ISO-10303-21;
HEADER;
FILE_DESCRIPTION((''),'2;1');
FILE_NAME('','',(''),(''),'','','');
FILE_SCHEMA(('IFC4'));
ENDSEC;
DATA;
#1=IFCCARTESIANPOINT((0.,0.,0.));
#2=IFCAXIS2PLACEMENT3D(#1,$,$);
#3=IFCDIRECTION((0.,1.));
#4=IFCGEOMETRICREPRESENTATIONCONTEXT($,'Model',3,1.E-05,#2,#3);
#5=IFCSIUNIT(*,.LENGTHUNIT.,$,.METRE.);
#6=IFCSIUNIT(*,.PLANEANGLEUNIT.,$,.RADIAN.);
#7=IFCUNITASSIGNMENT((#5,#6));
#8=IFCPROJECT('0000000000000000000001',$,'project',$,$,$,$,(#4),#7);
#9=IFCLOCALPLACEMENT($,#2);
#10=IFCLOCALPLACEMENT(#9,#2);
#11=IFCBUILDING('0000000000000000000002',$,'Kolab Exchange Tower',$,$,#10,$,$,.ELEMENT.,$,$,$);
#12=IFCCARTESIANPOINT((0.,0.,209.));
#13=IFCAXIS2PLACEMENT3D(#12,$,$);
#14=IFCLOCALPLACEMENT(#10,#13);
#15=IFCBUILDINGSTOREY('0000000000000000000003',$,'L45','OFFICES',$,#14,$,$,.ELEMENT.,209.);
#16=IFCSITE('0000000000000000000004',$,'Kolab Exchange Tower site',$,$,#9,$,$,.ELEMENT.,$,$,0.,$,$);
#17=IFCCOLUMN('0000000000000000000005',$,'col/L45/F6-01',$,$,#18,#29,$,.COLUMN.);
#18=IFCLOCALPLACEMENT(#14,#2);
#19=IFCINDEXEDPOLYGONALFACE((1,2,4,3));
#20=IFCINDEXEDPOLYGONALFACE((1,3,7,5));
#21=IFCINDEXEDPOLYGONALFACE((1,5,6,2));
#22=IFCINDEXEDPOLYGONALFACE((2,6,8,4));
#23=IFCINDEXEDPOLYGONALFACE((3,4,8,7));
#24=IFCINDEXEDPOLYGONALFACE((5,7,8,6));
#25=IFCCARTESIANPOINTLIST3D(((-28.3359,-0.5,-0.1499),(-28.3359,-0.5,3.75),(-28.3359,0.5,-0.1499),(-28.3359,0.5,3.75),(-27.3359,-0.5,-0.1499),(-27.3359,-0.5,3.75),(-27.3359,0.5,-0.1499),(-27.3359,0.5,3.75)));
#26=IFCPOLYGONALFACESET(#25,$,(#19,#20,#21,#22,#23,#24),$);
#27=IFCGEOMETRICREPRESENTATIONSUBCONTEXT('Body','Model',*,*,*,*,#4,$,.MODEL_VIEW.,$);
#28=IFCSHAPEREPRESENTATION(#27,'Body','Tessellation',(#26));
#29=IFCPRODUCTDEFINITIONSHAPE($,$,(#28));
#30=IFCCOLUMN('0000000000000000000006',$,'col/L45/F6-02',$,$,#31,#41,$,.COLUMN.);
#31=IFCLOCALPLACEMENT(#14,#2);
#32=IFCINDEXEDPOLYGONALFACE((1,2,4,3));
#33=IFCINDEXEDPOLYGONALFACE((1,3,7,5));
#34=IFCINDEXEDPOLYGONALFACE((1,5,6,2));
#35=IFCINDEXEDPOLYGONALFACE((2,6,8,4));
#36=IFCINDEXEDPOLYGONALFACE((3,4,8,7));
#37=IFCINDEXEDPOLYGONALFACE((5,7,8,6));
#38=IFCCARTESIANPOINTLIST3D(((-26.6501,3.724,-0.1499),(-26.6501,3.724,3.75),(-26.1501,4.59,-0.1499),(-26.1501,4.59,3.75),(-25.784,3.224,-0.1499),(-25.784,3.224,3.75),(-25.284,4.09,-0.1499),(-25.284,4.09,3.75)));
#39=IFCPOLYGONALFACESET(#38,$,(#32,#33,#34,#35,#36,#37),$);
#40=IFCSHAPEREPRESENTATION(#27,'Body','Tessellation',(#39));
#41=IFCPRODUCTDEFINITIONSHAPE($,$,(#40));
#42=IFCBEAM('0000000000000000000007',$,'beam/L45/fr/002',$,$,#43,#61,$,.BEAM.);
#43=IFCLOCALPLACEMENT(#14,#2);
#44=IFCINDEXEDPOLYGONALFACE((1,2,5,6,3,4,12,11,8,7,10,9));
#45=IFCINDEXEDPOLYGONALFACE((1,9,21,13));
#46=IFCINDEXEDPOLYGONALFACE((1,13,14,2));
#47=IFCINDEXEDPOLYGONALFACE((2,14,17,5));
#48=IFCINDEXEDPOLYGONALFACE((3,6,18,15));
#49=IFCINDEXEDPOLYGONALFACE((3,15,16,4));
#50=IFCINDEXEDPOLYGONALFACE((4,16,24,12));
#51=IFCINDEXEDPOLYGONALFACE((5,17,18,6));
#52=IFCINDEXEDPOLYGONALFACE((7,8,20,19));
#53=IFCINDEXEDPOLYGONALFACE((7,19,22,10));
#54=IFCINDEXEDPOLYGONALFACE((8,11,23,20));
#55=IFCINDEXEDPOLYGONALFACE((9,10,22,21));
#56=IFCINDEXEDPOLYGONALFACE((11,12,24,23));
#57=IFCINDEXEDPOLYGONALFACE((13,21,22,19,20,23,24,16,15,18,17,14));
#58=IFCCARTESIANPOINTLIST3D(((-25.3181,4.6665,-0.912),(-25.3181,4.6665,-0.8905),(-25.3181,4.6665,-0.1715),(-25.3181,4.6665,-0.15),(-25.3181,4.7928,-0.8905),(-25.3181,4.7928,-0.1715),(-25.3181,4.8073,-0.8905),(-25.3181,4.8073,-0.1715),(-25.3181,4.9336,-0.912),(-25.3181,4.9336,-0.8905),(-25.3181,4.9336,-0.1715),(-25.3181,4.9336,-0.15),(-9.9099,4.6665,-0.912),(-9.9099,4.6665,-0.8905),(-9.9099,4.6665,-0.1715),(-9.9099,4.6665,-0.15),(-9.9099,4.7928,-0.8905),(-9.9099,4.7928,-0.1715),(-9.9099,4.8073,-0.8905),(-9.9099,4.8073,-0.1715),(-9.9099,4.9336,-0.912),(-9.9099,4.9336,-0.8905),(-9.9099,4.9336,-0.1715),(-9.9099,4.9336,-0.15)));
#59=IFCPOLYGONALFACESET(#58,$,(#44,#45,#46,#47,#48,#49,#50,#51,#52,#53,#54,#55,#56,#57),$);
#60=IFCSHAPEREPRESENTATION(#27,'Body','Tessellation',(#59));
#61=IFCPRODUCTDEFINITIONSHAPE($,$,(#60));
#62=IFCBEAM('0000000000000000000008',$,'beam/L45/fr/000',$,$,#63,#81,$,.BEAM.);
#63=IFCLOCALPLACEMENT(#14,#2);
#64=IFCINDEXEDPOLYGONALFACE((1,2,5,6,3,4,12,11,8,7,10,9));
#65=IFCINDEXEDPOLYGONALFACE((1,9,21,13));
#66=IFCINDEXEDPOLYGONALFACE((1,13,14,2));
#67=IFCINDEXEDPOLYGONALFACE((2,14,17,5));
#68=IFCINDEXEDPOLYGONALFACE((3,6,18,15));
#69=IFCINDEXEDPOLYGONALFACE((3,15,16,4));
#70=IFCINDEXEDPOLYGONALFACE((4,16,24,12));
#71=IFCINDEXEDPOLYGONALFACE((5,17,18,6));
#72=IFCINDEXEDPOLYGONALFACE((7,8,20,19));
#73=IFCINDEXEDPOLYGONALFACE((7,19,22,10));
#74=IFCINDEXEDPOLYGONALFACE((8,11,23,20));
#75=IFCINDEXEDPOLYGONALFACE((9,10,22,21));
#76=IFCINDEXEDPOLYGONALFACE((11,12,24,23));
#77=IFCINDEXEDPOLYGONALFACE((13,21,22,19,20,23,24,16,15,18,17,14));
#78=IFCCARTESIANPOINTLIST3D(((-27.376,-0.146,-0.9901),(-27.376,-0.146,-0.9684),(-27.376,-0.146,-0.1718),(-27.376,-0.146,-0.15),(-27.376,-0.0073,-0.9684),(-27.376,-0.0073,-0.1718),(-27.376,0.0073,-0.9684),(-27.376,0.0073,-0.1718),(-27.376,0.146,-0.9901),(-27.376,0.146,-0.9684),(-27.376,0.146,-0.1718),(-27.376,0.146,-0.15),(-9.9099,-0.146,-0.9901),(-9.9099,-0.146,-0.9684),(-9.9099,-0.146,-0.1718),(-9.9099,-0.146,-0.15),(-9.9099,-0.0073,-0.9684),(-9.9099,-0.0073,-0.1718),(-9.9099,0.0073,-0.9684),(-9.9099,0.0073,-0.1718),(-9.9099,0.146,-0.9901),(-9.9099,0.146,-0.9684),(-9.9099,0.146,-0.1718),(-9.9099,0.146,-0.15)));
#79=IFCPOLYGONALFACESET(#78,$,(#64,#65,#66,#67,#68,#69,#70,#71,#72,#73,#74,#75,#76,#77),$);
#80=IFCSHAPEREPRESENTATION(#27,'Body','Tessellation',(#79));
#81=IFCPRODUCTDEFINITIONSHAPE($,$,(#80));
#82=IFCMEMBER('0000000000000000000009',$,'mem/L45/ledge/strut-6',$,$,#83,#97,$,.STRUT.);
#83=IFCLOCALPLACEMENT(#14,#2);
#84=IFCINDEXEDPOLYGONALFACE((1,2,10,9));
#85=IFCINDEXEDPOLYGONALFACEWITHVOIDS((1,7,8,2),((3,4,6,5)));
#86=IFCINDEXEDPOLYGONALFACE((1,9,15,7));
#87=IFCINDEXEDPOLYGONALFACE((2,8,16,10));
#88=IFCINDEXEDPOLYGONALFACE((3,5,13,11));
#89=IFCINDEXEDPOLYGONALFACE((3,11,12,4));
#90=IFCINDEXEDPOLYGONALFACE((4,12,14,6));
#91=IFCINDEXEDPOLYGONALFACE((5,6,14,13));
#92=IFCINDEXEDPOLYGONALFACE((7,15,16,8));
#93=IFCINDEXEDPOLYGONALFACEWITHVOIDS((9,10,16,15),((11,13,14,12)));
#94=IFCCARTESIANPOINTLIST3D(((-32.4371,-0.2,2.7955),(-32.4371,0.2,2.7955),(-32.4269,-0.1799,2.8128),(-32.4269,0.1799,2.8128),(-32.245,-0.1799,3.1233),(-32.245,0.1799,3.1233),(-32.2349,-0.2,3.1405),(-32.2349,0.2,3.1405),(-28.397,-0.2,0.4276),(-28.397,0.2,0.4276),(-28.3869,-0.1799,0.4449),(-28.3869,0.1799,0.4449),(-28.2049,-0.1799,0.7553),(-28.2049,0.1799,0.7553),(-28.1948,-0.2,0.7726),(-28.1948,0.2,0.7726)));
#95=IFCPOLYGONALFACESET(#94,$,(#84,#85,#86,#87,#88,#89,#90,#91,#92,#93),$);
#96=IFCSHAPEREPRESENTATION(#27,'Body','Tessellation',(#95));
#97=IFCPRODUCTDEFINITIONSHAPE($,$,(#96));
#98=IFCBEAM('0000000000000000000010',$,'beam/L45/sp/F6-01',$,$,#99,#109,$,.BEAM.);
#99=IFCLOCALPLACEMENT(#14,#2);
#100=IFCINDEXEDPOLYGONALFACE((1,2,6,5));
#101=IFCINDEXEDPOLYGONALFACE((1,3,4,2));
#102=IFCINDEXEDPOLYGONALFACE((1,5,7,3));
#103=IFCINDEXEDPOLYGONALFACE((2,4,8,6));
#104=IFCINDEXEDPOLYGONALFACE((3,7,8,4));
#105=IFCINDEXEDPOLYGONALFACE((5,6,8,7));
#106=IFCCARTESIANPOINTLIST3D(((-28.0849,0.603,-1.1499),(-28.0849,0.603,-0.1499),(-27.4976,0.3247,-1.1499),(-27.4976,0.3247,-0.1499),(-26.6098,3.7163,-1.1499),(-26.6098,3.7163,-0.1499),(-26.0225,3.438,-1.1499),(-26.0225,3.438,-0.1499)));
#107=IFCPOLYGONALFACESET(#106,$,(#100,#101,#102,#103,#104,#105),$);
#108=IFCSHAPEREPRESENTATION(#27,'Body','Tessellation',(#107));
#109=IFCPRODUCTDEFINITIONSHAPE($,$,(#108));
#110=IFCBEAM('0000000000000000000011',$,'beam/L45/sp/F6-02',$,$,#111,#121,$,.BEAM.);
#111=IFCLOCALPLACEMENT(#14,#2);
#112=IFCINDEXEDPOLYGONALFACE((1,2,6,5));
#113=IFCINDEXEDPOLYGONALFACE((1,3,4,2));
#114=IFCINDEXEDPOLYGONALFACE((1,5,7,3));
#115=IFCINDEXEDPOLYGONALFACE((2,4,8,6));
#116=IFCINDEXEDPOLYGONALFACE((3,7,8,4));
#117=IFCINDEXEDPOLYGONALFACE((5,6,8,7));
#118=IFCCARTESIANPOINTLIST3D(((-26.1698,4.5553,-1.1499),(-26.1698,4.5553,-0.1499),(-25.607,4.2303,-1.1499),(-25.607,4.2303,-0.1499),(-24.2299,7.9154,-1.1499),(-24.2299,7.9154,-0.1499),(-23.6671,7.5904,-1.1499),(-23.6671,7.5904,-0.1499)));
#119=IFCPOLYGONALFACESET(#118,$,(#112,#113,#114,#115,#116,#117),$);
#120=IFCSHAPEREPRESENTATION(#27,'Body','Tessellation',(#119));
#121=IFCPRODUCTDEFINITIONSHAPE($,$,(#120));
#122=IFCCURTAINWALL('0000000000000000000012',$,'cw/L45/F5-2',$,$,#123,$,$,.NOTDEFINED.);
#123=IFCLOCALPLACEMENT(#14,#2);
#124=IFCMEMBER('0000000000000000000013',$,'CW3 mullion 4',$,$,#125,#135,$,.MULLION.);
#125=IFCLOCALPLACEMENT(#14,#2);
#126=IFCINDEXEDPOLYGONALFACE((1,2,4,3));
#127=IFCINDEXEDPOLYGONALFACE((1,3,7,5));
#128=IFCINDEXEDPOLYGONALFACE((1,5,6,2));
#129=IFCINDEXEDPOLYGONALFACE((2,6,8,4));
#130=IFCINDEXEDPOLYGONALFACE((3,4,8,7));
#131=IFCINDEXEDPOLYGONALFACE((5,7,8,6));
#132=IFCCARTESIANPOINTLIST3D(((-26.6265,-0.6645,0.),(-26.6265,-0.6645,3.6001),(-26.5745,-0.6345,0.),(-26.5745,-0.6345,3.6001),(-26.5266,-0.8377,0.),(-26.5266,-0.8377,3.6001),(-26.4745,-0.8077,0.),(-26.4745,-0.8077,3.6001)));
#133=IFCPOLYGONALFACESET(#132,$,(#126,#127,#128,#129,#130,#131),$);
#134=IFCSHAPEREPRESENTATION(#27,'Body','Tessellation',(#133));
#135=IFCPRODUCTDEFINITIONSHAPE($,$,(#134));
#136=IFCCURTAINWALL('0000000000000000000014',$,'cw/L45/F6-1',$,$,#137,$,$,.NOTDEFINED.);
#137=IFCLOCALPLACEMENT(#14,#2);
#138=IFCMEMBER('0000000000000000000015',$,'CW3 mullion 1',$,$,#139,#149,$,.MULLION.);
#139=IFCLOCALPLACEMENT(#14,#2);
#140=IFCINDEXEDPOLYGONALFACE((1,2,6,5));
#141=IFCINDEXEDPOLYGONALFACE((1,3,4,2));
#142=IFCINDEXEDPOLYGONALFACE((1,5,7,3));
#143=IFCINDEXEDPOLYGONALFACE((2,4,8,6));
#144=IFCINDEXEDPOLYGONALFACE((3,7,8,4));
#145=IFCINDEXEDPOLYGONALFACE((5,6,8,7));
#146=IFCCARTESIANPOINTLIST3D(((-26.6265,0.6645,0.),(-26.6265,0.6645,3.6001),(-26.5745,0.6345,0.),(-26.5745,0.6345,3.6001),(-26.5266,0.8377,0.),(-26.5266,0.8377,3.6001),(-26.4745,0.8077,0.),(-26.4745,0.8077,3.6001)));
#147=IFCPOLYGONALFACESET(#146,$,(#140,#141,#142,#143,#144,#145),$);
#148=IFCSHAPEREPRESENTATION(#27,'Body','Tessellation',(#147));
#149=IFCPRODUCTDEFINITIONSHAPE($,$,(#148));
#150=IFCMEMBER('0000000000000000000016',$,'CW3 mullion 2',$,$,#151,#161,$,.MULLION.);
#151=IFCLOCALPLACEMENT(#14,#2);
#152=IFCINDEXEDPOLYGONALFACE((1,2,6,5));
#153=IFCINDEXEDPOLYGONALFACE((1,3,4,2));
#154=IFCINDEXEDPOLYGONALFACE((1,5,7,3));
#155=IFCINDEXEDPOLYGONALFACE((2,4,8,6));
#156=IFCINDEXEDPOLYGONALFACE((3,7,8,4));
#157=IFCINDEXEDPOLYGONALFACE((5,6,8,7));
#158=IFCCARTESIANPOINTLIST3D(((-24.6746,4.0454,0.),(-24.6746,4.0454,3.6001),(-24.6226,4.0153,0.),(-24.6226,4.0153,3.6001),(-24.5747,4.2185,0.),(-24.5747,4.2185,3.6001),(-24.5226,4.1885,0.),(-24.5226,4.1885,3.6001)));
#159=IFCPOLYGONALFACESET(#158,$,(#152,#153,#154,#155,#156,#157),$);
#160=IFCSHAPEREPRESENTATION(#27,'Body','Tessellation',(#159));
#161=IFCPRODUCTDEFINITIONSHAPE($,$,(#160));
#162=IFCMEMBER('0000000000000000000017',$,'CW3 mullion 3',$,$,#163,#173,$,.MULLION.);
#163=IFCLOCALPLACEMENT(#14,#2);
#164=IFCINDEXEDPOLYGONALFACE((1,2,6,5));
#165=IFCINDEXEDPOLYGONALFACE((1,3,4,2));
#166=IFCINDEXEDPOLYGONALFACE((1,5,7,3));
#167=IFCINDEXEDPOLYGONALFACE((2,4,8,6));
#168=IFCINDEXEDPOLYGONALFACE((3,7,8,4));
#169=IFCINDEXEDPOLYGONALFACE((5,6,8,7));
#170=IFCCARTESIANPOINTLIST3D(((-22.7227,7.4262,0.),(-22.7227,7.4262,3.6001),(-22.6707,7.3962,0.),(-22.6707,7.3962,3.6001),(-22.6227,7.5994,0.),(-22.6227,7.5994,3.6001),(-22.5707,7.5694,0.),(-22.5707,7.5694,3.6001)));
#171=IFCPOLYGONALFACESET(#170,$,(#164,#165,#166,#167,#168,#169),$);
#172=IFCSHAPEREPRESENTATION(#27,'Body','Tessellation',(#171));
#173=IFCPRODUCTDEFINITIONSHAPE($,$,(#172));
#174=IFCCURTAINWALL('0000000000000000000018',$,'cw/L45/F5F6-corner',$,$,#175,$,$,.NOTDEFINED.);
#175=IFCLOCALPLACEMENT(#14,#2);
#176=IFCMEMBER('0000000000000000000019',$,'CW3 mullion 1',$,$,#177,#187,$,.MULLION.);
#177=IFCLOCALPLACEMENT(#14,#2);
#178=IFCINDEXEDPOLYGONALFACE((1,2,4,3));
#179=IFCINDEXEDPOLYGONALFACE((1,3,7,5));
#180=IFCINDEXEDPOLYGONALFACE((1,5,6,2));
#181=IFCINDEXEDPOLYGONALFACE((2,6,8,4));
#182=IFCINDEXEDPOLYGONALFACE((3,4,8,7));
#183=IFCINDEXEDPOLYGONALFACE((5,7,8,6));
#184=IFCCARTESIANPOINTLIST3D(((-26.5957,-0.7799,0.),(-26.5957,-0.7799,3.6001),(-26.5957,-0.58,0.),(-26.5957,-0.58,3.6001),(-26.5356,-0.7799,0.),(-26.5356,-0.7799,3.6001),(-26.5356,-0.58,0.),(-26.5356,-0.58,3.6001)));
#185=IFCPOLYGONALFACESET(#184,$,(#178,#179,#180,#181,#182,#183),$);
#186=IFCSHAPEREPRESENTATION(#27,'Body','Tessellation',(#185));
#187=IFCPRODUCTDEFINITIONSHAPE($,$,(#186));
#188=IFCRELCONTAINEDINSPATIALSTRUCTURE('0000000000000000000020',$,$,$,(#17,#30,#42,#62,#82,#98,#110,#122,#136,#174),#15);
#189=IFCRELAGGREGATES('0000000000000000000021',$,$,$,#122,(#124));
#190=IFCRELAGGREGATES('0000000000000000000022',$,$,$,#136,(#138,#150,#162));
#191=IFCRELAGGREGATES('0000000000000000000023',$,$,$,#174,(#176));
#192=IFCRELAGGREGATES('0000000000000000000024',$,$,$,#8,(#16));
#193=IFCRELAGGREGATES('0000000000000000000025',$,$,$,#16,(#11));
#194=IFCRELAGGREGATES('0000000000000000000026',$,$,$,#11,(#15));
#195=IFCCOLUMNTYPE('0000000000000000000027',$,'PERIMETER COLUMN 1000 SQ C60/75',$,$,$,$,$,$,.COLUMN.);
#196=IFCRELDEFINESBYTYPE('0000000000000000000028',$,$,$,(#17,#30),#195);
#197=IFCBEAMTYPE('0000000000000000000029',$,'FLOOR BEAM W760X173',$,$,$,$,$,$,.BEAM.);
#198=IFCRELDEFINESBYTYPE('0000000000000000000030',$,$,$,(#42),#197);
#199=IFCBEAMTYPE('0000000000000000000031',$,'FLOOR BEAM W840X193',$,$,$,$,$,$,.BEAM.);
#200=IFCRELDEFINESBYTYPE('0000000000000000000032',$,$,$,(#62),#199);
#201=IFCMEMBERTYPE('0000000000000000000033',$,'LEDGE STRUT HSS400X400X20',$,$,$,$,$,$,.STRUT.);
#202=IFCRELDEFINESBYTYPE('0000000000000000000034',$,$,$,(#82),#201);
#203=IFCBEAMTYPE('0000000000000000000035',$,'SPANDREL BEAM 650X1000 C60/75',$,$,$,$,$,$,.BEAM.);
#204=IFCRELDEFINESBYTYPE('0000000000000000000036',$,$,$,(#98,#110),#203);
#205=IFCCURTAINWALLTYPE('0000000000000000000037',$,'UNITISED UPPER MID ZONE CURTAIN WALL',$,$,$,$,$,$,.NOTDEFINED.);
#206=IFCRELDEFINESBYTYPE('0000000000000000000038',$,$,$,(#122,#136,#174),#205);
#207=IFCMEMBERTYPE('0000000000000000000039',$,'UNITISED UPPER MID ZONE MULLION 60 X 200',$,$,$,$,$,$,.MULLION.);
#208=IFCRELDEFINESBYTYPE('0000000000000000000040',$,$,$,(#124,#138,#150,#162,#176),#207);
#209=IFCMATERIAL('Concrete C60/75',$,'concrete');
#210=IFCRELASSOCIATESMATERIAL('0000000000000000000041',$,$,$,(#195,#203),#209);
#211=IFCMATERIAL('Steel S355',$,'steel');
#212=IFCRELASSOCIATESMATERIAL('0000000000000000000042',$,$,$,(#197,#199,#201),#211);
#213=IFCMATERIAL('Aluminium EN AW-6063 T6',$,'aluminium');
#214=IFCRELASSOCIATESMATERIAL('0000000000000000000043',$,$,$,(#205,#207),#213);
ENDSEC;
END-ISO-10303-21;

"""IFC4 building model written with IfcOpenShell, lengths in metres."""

from ifc_helpers import new_model, si_unit, direction, frame, origin, origin_2d, place, context, subcontext, project, spatial, rectangle, hollow_rectangle, i_section, extrude, material, material_profile, profile_set, type_object, element, aggregate, save


model = new_model("IFC4")

# Units and contexts
model_context = context("Model", 3, precision=1e-05, world=origin(), true_north=direction((0.0, 1.0)))
body_context = subcontext(model_context, "Body", "Model", "MODEL_VIEW")
ifc_project = project(units=[si_unit("LENGTHUNIT", "METRE"), si_unit("PLANEANGLEUNIT", "RADIAN")], contexts=[model_context])

# Site, building, storey
site_placement = place(None, origin())
site = spatial("IfcSite", under=ifc_project, at=site_placement, Name="Kolab Exchange Tower site", CompositionType="ELEMENT", RefElevation=0.0)
building_placement = place(site_placement, origin())
building = spatial("IfcBuilding", under=site, at=building_placement, Name="Kolab Exchange Tower", CompositionType="ELEMENT")
storey_placement = place(building_placement, frame((0.0, 0.0, 209.0)))
storey = spatial("IfcBuildingStorey", under=building, at=storey_placement, Name="L45", Description="OFFICES", CompositionType="ELEMENT", Elevation=209.0)

# Columns
ifc_material_1 = material(Name="Concrete C60/75", Category="concrete")
ifc_material_profile_1 = material_profile(ifc_material_1, rectangle(XDim=1.0, YDim=1.0, at=origin_2d()), Name="RC1000")
ifc_profile_set_1 = profile_set([ifc_material_profile_1], Name="Concrete C60/75")
column_type = type_object("IfcColumnType", Name="PERIMETER COLUMN 1000 SQ C60/75", PredefinedType="COLUMN", material=ifc_profile_set_1)
for number, where, z_axis, x_axis, name in (
    (1, (-27.8359, 0.0, -0.1499), (0.0, 0.0, 1.0), (1.0, 0.0, 0.0), "col/L45/F6-01"),
    (2, (-25.967, 3.907, -0.1499), (0.0, 0.0, 1.0), (0.5, 0.866025, 0.0), "col/L45/F6-02"),
):
    element("IfcColumn", number, at=place(storey_placement, frame(where, z_axis=z_axis, x_axis=x_axis)), inside=storey, type_object=column_type, Name=name, PredefinedType="COLUMN", context=body_context, shape_type="SweptSolid", body=[
        extrude(rectangle(XDim=1.0, YDim=1.0, at=origin_2d()), origin(), (0.0, 0.0, 1.0), 3.8999),
    ])

# Beams
ifc_material_2 = material(Name="Steel S355", Category="steel")
ifc_material_profile_2 = material_profile(ifc_material_2, i_section(OverallWidth=0.2671, OverallDepth=0.762, WebThickness=0.0144, FlangeThickness=0.0215, at=origin_2d()), Name="W760X173")
ifc_profile_set_2 = profile_set([ifc_material_profile_2], Name="Steel S355")
beam_type_1 = type_object("IfcBeamType", Name="FLOOR BEAM W760X173", PredefinedType="BEAM", material=ifc_profile_set_2)
beam_1_placement = place(storey_placement, frame((-25.3181, 4.8, -0.531), z_axis=(1.0, 0.0, 0.0), x_axis=(0.0, 1.0, 0.0)))
element("IfcBeam", 3, at=beam_1_placement, inside=storey, type_object=beam_type_1, Name="beam/L45/fr/002", PredefinedType="BEAM", context=body_context, shape_type="SweptSolid", body=[
    extrude(i_section(OverallWidth=0.2671, OverallDepth=0.762, WebThickness=0.0144, FlangeThickness=0.0215, at=origin_2d()), origin(), (0.0, 0.0, 1.0), 15.4082),
])
ifc_material_profile_3 = material_profile(ifc_material_2, i_section(OverallWidth=0.292, OverallDepth=0.8401, WebThickness=0.0146, FlangeThickness=0.0217, at=origin_2d()), Name="W840X193")
ifc_profile_set_3 = profile_set([ifc_material_profile_3], Name="Steel S355")
beam_type_2 = type_object("IfcBeamType", Name="FLOOR BEAM W840X193", PredefinedType="BEAM", material=ifc_profile_set_3)
beam_2_placement = place(storey_placement, frame((-27.376, 0.0, -0.5701), z_axis=(1.0, 0.0, 0.0), x_axis=(0.0, 1.0, 0.0)))
element("IfcBeam", 4, at=beam_2_placement, inside=storey, type_object=beam_type_2, Name="beam/L45/fr/000", PredefinedType="BEAM", context=body_context, shape_type="SweptSolid", body=[
    extrude(i_section(OverallWidth=0.292, OverallDepth=0.8401, WebThickness=0.0146, FlangeThickness=0.0217, at=origin_2d()), origin(), (0.0, 0.0, 1.0), 17.4661),
])

# Member
ifc_material_profile_4 = material_profile(ifc_material_2, hollow_rectangle(XDim=0.3999, YDim=0.3999, WallThickness=0.02, at=origin_2d()), Name="HSS400X400X20")
ifc_profile_set_4 = profile_set([ifc_material_profile_4], Name="Steel S355")
member_type_1 = type_object("IfcMemberType", Name="LEDGE STRUT HSS400X400X20", PredefinedType="STRUT", material=ifc_profile_set_4)
member_1_placement = place(storey_placement, frame((-28.2959, 0.0, 0.6001), z_axis=(-0.862733, 0.0, 0.505659), x_axis=(0.0, -1.0, 0.0)))
element("IfcMember", 5, at=member_1_placement, inside=storey, type_object=member_type_1, Name="mem/L45/ledge/strut-6", PredefinedType="STRUT", context=body_context, shape_type="SweptSolid", body=[
    extrude(hollow_rectangle(XDim=0.3999, YDim=0.3999, WallThickness=0.02, at=origin_2d()), origin(), (0.0, 0.0, 1.0), 4.6829),
])

# Beams
ifc_material_profile_5 = material_profile(ifc_material_1, rectangle(XDim=0.6499, YDim=1.0, at=origin_2d()), Name="RC650X1000")
ifc_profile_set_5 = profile_set([ifc_material_profile_5], Name="Concrete C60/75")
beam_type_3 = type_object("IfcBeamType", Name="SPANDREL BEAM 650X1000 C60/75", PredefinedType="BEAM", material=ifc_profile_set_5)
beam_3_placement = place(storey_placement, frame((-27.7913, 0.4639, -0.6499), z_axis=(0.428178, 0.903695, 0.0), x_axis=(-0.903695, 0.428178, 0.0)))
element("IfcBeam", 6, at=beam_3_placement, inside=storey, type_object=beam_type_3, Name="beam/L45/sp/F6-01", PredefinedType="BEAM", context=body_context, shape_type="SweptSolid", body=[
    extrude(rectangle(XDim=0.6499, YDim=1.0, at=origin_2d()), origin(), (0.0, 0.0, 1.0), 3.4451),
])
beam_4_placement = place(storey_placement, frame((-25.8884, 4.3928, -0.6499), z_axis=(0.499997, 0.866027, 0.0), x_axis=(-0.866027, 0.499997, 0.0)))
element("IfcBeam", 7, at=beam_4_placement, inside=storey, type_object=beam_type_3, Name="beam/L45/sp/F6-02", PredefinedType="BEAM", context=body_context, shape_type="SweptSolid", body=[
    extrude(rectangle(XDim=0.6499, YDim=1.0, at=origin_2d()), origin(), (0.0, 0.0, 1.0), 3.8799),
])

# Curtain wall, member
ifc_material_3 = material(Name="Aluminium EN AW-6063 T6", Category="aluminium")
curtain_wall_type = type_object("IfcCurtainWallType", Name="UNITISED UPPER MID ZONE CURTAIN WALL", PredefinedType="NOTDEFINED", material=ifc_material_3)
curtain_wall_1_placement = place(storey_placement, origin())
curtain_wall_1 = element("IfcCurtainWall", 8, at=curtain_wall_1_placement, inside=storey, type_object=curtain_wall_type, Name="cw/L45/F5-2", PredefinedType="NOTDEFINED")
ifc_material_profile_6 = material_profile(ifc_material_3, rectangle(XDim=0.0601, YDim=0.2, at=origin_2d()), Name="RECT 60X200")
ifc_profile_set_6 = profile_set([ifc_material_profile_6], Name="Aluminium EN AW-6063 T6")
member_type_2 = type_object("IfcMemberType", Name="UNITISED UPPER MID ZONE MULLION 60 X 200", PredefinedType="MULLION", material=ifc_profile_set_6)
member_2_placement = place(storey_placement, frame((-26.5505, -0.7361, 0.0), z_axis=(0.0, 0.0, 1.0), x_axis=(-0.866025, -0.5, 0.0)))
member_2 = element("IfcMember", 9, at=member_2_placement, type_object=member_type_2, Name="CW3 mullion 4", PredefinedType="MULLION", context=body_context, shape_type="SweptSolid", body=[
    extrude(rectangle(XDim=0.0601, YDim=0.2, at=origin_2d()), origin(), (0.0, 0.0, 1.0), 3.6001),
])
aggregate(curtain_wall_1, [member_2])

# Curtain walls, members
curtain_wall_2_placement = place(storey_placement, origin())
curtain_wall_2 = element("IfcCurtainWall", 10, at=curtain_wall_2_placement, inside=storey, type_object=curtain_wall_type, Name="cw/L45/F6-1", PredefinedType="NOTDEFINED")
member_3_placement = place(storey_placement, frame((-26.5505, 0.7361, 0.0), z_axis=(0.0, 0.0, 1.0), x_axis=(-0.866025, 0.5, 0.0)))
member_3 = element("IfcMember", 11, at=member_3_placement, type_object=member_type_2, Name="CW3 mullion 1", PredefinedType="MULLION", context=body_context, shape_type="SweptSolid", body=[
    extrude(rectangle(XDim=0.0601, YDim=0.2, at=origin_2d()), origin(), (0.0, 0.0, 1.0), 3.6001),
])
member_4_placement = place(storey_placement, frame((-24.5986, 4.1169, 0.0), z_axis=(0.0, 0.0, 1.0), x_axis=(-0.866025, 0.5, 0.0)))
member_4 = element("IfcMember", 12, at=member_4_placement, type_object=member_type_2, Name="CW3 mullion 2", PredefinedType="MULLION", context=body_context, shape_type="SweptSolid", body=[
    extrude(rectangle(XDim=0.0601, YDim=0.2, at=origin_2d()), origin(), (0.0, 0.0, 1.0), 3.6001),
])
member_5_placement = place(storey_placement, frame((-22.6467, 7.4978, 0.0), z_axis=(0.0, 0.0, 1.0), x_axis=(-0.866025, 0.5, 0.0)))
member_5 = element("IfcMember", 13, at=member_5_placement, type_object=member_type_2, Name="CW3 mullion 3", PredefinedType="MULLION", context=body_context, shape_type="SweptSolid", body=[
    extrude(rectangle(XDim=0.0601, YDim=0.2, at=origin_2d()), origin(), (0.0, 0.0, 1.0), 3.6001),
])
curtain_wall_3_placement = place(storey_placement, origin())
curtain_wall_3 = element("IfcCurtainWall", 14, at=curtain_wall_3_placement, inside=storey, type_object=curtain_wall_type, Name="cw/L45/F5F6-corner", PredefinedType="NOTDEFINED")
member_6_placement = place(storey_placement, frame((-26.5657, -0.6799, 0.0), z_axis=(0.0, 0.0, 1.0), x_axis=(-1.0, 0.0, 0.0)))
member_6 = element("IfcMember", 15, at=member_6_placement, type_object=member_type_2, Name="CW3 mullion 1", PredefinedType="MULLION", context=body_context, shape_type="SweptSolid", body=[
    extrude(rectangle(XDim=0.0601, YDim=0.2, at=origin_2d()), origin(), (0.0, 0.0, 1.0), 3.6001),
])

aggregate(curtain_wall_2, [member_3, member_4, member_5])
aggregate(curtain_wall_3, [member_6])

save(model, "model.ifc")
